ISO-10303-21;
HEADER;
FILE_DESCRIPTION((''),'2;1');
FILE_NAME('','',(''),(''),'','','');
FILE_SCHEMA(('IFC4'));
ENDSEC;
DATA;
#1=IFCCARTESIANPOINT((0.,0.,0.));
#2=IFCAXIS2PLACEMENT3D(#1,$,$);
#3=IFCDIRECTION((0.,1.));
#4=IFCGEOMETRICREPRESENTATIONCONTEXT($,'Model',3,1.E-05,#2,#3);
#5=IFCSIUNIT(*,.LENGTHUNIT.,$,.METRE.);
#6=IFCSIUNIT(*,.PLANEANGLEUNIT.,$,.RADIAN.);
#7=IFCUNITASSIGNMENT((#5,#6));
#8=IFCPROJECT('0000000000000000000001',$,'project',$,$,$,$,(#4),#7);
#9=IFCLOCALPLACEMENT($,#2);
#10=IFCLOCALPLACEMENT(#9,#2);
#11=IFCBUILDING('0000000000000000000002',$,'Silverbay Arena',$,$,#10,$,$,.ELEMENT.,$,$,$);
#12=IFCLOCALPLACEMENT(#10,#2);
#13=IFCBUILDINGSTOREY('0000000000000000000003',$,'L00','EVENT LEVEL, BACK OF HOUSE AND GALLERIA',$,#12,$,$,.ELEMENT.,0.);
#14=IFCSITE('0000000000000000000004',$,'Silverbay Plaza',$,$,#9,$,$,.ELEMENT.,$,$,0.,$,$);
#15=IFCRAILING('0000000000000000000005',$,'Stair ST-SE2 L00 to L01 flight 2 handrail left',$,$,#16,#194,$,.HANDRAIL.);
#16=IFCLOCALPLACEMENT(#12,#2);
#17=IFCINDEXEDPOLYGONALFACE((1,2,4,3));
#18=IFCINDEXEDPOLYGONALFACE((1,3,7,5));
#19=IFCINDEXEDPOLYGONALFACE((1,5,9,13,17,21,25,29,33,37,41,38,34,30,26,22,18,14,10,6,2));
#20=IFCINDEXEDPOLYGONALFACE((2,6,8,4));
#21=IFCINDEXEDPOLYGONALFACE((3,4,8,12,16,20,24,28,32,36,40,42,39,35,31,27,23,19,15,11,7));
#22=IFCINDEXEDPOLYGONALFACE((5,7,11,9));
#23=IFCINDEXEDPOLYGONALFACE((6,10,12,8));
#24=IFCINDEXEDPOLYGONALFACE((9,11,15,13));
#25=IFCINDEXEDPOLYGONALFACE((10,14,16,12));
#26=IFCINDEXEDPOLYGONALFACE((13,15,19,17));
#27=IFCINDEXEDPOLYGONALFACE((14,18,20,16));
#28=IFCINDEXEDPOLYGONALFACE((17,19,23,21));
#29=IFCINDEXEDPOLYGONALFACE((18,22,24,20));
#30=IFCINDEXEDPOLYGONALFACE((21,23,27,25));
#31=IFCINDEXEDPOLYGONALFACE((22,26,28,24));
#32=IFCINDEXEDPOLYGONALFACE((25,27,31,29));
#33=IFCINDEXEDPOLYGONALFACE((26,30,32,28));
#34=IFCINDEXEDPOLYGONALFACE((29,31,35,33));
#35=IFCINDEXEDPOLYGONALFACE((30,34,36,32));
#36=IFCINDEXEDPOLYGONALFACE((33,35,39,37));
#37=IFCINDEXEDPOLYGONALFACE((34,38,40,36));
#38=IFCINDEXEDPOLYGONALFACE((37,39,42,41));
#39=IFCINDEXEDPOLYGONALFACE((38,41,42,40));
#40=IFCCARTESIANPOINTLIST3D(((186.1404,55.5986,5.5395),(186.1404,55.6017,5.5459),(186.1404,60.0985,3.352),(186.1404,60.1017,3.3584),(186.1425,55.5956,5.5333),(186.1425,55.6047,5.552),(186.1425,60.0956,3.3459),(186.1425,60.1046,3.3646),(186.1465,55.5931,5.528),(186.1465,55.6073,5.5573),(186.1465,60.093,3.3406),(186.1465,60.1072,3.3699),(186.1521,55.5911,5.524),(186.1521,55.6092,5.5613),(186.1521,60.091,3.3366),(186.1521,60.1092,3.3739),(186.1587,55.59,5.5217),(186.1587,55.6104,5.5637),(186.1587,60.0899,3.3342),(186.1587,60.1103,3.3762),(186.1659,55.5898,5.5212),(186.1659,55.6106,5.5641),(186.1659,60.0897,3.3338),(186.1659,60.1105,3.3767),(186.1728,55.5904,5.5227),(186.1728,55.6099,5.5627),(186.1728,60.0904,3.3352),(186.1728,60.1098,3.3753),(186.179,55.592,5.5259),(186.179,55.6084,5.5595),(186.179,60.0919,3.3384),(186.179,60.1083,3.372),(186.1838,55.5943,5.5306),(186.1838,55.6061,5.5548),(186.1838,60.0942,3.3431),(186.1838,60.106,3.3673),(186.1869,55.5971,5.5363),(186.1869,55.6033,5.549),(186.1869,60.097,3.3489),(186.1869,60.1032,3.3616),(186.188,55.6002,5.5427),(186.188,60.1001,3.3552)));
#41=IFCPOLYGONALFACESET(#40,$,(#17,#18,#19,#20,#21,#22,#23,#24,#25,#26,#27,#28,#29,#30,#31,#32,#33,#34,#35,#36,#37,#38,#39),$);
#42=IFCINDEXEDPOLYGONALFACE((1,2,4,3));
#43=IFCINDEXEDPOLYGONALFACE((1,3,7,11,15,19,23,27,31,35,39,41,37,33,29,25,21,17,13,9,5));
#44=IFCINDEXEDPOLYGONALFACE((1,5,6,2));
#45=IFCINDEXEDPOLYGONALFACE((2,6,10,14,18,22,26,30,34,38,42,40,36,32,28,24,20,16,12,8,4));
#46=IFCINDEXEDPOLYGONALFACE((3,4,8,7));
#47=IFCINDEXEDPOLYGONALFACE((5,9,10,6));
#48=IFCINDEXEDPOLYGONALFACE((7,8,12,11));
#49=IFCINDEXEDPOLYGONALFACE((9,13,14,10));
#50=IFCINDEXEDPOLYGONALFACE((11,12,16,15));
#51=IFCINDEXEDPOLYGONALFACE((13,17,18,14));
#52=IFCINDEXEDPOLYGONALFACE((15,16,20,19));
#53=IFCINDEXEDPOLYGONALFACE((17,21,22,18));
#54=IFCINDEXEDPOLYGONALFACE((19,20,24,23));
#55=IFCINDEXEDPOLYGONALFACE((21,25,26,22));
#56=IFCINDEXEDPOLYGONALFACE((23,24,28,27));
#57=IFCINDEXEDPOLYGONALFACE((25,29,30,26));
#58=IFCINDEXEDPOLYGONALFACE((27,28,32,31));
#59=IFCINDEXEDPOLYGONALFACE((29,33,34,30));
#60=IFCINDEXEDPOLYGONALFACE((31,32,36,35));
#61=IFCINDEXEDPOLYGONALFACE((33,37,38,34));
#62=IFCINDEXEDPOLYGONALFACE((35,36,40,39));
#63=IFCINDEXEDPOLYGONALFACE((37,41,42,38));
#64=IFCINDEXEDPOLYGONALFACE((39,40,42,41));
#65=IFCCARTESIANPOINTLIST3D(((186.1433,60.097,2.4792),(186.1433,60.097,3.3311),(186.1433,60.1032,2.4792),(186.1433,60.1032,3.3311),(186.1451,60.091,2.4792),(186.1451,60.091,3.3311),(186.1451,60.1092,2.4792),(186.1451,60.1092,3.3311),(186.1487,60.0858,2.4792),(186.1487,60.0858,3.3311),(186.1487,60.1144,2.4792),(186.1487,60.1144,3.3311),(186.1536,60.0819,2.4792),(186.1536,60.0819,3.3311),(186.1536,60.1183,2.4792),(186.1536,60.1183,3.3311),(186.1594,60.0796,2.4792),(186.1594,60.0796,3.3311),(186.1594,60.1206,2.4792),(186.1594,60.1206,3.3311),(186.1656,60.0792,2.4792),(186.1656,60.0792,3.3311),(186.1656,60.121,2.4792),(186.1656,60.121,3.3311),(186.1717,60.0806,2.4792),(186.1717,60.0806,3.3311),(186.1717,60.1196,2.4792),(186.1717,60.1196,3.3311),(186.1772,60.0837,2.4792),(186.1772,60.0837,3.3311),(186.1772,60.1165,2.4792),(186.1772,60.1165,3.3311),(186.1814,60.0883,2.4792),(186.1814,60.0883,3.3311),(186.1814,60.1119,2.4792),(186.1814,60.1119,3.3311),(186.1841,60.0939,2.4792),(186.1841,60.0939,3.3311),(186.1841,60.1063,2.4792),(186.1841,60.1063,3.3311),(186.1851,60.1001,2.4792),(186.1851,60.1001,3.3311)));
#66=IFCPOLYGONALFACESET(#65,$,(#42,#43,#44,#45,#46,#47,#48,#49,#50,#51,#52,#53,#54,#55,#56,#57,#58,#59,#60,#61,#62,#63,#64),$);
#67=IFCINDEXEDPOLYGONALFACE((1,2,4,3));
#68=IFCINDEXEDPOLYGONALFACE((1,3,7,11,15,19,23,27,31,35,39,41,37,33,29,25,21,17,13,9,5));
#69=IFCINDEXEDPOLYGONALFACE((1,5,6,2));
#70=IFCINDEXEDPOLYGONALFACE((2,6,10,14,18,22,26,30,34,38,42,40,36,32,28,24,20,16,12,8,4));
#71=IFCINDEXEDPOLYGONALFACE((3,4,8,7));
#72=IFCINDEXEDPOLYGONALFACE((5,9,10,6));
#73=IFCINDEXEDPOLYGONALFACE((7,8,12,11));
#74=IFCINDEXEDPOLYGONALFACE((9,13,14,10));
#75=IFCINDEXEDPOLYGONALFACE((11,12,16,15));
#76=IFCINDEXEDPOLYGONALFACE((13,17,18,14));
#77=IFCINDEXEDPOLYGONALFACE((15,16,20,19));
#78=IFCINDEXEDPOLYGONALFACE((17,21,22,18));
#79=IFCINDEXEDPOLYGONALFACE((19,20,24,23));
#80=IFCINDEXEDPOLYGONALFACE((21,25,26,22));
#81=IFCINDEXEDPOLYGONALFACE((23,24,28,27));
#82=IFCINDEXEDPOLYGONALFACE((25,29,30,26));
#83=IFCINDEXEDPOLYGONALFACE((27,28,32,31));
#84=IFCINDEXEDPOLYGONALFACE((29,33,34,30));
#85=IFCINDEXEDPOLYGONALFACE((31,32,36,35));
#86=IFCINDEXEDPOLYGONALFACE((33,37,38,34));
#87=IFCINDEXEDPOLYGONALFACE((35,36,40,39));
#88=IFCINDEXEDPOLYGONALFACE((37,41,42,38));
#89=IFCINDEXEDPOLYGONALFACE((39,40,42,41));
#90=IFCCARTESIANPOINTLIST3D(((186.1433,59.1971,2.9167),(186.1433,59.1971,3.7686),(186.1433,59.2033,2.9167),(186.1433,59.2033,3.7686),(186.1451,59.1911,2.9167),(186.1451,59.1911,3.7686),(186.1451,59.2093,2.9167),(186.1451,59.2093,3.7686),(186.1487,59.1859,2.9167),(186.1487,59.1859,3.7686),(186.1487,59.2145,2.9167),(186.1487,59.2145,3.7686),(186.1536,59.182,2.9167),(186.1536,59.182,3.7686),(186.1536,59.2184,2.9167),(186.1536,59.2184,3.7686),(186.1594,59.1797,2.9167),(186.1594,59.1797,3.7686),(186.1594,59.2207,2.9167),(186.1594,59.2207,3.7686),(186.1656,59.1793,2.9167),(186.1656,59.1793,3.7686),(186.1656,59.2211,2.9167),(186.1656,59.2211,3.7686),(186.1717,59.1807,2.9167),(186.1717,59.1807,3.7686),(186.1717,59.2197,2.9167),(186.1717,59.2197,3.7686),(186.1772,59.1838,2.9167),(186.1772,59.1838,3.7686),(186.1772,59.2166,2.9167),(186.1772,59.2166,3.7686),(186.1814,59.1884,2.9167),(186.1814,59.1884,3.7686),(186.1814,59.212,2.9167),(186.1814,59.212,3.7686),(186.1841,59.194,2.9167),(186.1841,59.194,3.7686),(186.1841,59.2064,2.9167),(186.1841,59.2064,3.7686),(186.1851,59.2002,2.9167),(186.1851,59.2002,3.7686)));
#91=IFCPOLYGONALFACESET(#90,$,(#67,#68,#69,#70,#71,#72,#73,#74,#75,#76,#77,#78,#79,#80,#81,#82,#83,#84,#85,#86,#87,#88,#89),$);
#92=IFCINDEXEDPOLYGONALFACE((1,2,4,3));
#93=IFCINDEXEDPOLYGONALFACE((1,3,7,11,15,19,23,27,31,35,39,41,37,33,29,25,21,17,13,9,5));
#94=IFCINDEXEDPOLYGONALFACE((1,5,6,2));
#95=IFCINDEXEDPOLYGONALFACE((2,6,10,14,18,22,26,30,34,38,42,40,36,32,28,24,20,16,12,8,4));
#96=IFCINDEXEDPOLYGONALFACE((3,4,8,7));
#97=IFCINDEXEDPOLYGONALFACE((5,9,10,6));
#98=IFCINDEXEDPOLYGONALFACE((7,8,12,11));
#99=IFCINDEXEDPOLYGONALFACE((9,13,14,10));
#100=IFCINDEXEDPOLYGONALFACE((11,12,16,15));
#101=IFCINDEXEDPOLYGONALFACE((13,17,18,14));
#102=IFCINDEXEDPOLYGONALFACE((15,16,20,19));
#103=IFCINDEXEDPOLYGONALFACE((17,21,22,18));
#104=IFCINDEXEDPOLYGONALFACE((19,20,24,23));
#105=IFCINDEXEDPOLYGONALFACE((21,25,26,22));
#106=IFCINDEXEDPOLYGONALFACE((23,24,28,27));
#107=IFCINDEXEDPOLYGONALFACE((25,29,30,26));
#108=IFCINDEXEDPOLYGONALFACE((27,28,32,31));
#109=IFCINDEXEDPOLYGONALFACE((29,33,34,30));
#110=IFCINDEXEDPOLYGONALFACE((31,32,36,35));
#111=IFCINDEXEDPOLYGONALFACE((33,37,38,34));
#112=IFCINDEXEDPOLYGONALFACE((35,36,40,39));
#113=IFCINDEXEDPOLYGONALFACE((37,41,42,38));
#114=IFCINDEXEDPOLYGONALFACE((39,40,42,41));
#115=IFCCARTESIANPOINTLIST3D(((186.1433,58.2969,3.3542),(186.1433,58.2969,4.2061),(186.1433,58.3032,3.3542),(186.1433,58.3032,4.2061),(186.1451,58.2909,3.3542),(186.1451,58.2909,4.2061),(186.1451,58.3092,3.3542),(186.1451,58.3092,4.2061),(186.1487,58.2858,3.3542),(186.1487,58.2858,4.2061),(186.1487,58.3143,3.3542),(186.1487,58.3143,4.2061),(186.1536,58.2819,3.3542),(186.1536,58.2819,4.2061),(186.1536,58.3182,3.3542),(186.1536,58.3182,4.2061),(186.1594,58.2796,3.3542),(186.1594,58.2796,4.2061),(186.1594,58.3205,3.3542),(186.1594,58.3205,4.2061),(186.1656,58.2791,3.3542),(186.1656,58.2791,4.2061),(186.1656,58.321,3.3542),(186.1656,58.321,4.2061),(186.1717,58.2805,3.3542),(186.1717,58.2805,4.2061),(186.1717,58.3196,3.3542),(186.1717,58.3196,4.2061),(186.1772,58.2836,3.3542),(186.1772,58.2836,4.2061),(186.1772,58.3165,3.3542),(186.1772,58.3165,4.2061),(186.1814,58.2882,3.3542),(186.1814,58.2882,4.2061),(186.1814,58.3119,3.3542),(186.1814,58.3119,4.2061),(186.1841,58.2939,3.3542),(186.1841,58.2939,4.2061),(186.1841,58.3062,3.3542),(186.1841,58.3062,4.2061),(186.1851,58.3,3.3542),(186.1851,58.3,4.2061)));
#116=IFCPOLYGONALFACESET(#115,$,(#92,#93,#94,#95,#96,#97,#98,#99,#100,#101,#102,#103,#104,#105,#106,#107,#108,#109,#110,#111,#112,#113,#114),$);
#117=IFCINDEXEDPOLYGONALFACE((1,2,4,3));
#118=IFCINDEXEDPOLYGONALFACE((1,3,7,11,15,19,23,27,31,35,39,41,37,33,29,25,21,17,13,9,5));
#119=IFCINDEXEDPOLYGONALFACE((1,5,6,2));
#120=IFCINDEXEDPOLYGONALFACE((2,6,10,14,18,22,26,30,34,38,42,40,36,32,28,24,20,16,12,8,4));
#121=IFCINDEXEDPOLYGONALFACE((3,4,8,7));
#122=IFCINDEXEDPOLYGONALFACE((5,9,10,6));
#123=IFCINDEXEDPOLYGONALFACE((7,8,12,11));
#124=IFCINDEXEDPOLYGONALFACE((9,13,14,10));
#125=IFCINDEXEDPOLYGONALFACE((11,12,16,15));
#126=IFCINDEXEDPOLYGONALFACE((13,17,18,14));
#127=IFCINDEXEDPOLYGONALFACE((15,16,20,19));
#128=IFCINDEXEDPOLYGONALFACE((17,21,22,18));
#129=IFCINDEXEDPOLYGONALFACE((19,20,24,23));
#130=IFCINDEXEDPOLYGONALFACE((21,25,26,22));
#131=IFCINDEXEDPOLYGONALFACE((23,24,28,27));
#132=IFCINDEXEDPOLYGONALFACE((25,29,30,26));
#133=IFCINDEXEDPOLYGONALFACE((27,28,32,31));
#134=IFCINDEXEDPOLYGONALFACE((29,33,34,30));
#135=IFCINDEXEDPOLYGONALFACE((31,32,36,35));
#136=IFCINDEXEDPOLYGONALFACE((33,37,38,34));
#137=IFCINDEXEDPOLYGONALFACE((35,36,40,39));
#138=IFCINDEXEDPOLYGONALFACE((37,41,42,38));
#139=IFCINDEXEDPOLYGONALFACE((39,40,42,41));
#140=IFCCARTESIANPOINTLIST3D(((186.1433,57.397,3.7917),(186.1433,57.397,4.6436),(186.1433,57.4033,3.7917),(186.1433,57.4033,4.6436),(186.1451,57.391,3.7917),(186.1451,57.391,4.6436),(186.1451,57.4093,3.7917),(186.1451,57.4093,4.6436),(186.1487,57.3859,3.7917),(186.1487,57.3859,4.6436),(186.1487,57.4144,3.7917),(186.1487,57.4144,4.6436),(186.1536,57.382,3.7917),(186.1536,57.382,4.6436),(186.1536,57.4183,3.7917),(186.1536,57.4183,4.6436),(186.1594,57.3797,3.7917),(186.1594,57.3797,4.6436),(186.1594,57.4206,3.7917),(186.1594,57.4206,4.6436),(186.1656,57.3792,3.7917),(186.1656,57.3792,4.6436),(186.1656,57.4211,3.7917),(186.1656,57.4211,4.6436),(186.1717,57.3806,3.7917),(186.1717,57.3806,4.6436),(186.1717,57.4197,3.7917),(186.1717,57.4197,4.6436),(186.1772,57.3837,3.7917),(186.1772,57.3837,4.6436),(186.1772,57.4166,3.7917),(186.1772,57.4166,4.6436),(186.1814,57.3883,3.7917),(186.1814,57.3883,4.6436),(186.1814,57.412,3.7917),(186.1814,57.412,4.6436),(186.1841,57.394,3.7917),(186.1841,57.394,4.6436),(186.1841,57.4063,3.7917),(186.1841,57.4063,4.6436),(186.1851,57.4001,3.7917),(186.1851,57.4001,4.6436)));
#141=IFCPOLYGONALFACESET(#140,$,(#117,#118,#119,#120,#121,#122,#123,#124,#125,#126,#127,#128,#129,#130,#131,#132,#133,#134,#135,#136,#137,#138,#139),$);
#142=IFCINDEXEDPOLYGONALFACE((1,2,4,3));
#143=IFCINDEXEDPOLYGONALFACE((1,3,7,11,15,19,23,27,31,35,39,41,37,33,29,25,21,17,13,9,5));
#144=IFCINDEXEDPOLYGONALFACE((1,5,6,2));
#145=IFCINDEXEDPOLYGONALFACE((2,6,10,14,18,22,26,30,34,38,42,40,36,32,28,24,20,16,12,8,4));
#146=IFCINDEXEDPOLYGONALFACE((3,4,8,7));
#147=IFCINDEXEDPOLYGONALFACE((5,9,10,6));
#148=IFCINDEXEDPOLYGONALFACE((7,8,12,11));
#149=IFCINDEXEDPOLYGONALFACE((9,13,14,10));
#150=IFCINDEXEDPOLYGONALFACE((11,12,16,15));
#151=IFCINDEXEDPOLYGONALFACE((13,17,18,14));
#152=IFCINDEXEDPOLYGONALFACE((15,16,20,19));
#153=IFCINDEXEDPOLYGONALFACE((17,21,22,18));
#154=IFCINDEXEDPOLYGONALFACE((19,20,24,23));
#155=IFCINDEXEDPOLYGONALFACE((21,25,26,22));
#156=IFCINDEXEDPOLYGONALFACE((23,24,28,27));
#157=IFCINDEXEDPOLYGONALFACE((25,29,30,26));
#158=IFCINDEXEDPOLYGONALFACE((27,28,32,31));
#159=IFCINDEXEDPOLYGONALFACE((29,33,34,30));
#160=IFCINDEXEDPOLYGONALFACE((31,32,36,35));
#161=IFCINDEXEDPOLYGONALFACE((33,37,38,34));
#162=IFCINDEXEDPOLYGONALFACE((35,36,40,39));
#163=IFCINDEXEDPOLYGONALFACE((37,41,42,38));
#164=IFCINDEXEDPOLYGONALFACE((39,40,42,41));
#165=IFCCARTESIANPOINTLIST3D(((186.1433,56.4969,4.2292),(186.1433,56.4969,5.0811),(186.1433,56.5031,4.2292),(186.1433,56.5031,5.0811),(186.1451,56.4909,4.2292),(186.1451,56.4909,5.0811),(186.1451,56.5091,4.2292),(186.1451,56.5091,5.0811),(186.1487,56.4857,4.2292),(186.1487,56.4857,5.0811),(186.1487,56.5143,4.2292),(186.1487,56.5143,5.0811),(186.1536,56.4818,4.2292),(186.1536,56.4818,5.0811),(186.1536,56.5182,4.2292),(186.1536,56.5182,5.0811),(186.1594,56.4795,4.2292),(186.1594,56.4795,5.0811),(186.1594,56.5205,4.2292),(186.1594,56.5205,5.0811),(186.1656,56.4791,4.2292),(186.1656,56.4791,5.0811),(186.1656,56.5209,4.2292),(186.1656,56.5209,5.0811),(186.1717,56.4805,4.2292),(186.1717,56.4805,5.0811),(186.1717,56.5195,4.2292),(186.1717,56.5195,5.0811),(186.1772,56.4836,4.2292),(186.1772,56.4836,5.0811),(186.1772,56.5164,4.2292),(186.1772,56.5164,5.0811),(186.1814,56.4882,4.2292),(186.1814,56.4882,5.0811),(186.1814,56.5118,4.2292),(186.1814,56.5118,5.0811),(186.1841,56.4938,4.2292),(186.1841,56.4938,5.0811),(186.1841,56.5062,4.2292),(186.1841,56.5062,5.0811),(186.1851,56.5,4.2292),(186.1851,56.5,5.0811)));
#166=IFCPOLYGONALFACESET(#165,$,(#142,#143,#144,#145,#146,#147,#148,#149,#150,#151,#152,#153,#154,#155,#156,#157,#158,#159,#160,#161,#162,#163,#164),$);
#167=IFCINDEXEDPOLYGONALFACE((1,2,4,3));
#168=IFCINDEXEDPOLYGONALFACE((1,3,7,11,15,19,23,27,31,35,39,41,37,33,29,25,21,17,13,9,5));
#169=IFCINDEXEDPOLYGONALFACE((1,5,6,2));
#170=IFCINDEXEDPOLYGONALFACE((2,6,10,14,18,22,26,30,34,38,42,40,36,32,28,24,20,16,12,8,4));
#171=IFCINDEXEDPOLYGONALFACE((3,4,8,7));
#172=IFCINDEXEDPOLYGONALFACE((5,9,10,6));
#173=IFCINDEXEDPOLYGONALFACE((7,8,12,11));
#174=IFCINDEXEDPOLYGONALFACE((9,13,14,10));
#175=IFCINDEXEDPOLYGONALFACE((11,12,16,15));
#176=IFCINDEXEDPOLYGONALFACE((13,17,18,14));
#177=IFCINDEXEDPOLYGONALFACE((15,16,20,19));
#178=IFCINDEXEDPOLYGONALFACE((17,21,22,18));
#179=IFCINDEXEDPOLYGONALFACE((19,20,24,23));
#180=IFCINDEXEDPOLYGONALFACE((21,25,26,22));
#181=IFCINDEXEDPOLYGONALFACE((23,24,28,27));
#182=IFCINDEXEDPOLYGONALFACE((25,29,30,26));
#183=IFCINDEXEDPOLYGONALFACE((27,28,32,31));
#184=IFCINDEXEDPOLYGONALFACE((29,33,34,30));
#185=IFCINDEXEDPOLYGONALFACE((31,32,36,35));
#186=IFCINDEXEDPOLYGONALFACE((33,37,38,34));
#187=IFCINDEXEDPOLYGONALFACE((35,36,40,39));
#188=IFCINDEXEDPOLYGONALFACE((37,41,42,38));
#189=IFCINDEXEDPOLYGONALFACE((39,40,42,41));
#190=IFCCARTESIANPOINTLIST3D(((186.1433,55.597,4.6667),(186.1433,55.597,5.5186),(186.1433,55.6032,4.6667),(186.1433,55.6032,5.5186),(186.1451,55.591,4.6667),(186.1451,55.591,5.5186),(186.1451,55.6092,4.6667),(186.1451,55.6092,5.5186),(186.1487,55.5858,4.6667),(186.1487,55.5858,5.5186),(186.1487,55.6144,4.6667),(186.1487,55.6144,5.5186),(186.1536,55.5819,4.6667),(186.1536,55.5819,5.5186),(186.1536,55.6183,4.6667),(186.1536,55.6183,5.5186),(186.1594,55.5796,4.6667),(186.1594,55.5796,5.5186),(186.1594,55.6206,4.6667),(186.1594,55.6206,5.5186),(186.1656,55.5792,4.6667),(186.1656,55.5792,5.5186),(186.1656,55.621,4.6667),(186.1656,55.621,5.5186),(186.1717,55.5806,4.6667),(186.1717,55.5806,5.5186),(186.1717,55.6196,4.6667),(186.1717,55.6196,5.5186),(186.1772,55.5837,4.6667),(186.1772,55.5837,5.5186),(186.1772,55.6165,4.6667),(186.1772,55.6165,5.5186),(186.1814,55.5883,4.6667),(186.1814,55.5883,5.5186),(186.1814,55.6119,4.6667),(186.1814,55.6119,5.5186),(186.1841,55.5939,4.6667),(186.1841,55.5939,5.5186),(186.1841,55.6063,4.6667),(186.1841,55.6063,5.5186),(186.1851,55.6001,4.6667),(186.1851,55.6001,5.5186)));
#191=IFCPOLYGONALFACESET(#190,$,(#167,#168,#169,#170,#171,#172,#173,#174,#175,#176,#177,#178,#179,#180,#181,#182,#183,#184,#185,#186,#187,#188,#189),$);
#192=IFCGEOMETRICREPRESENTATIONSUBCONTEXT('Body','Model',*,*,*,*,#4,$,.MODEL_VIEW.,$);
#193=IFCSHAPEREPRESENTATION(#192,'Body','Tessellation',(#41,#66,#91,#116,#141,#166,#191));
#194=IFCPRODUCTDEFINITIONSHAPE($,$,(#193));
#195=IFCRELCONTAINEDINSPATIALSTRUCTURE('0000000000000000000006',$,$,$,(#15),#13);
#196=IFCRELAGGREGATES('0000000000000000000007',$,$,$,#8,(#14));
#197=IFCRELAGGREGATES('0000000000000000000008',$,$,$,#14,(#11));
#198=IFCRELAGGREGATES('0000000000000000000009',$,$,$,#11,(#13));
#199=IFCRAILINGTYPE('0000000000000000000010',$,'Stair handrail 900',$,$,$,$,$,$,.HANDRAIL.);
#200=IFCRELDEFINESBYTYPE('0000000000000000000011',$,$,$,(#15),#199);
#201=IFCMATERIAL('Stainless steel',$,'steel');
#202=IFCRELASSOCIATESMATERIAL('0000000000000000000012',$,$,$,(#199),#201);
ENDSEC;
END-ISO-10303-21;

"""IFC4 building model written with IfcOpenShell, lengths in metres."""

from ifc_helpers import new_model, si_unit, direction, frame, origin, origin_2d, place, context, subcontext, project, spatial, circle, extrude, material, type_object, element, save


model = new_model("IFC4")

# Units and contexts
model_context = context("Model", 3, precision=1e-05, world=origin(), true_north=direction((0.0, 1.0)))
body_context = subcontext(model_context, "Body", "Model", "MODEL_VIEW")
ifc_project = project(units=[si_unit("LENGTHUNIT", "METRE"), si_unit("PLANEANGLEUNIT", "RADIAN")], contexts=[model_context])

# Site, building, storey
site_placement = place(None, origin())
site = spatial("IfcSite", under=ifc_project, at=site_placement, Name="Silverbay Plaza", CompositionType="ELEMENT", RefElevation=0.0)
building_placement = place(site_placement, origin())
building = spatial("IfcBuilding", under=site, at=building_placement, Name="Silverbay Arena", CompositionType="ELEMENT")
storey_placement = place(building_placement, origin())
storey = spatial("IfcBuildingStorey", under=building, at=storey_placement, Name="L00", Description="EVENT LEVEL, BACK OF HOUSE AND GALLERIA", CompositionType="ELEMENT", Elevation=0.0)

# Railing
ifc_material_1 = material(Name="Stainless steel", Category="steel")
railing_type_1 = type_object("IfcRailingType", Name="Stair handrail 900", PredefinedType="HANDRAIL", material=ifc_material_1)
for number, where, name in (
    (1, (186.1641, 60.1001, 2.4792), "Stair ST-SE2 L00 to L01 flight 2 handrail left"),
):
    element("IfcRailing", number, at=place(storey_placement, frame(where)), inside=storey, type_object=railing_type_1, Name=name, PredefinedType="HANDRAIL", context=body_context, shape_type="SweptSolid", body=[
        extrude(circle(Radius=0.0239, at=origin_2d()), frame((0.0, 0.0, 0.876), z_axis=(0.0, -0.899368, 0.437193), x_axis=(1.0, 0.0, 0.0)), (0.0, 0.0, 1.0), 5.0034),
        extrude(circle(Radius=0.021, at=origin_2d()), origin(), (0.0, 0.0, 1.0), 0.8518),
        extrude(circle(Radius=0.021, at=origin_2d()), frame((0.0, -0.8999, 0.4375)), (0.0, 0.0, 1.0), 0.8518),
        extrude(circle(Radius=0.021, at=origin_2d()), frame((0.0, -1.8, 0.875)), (0.0, 0.0, 1.0), 0.8518),
        extrude(circle(Radius=0.021, at=origin_2d()), frame((0.0, -2.7, 1.3125)), (0.0, 0.0, 1.0), 0.8518),
        extrude(circle(Radius=0.021, at=origin_2d()), frame((0.0, -3.6001, 1.75)), (0.0, 0.0, 1.0), 0.8518),
        extrude(circle(Radius=0.021, at=origin_2d()), frame((0.0, -4.5, 2.1875)), (0.0, 0.0, 1.0), 0.8518),
    ])

save(model, "model.ifc")
